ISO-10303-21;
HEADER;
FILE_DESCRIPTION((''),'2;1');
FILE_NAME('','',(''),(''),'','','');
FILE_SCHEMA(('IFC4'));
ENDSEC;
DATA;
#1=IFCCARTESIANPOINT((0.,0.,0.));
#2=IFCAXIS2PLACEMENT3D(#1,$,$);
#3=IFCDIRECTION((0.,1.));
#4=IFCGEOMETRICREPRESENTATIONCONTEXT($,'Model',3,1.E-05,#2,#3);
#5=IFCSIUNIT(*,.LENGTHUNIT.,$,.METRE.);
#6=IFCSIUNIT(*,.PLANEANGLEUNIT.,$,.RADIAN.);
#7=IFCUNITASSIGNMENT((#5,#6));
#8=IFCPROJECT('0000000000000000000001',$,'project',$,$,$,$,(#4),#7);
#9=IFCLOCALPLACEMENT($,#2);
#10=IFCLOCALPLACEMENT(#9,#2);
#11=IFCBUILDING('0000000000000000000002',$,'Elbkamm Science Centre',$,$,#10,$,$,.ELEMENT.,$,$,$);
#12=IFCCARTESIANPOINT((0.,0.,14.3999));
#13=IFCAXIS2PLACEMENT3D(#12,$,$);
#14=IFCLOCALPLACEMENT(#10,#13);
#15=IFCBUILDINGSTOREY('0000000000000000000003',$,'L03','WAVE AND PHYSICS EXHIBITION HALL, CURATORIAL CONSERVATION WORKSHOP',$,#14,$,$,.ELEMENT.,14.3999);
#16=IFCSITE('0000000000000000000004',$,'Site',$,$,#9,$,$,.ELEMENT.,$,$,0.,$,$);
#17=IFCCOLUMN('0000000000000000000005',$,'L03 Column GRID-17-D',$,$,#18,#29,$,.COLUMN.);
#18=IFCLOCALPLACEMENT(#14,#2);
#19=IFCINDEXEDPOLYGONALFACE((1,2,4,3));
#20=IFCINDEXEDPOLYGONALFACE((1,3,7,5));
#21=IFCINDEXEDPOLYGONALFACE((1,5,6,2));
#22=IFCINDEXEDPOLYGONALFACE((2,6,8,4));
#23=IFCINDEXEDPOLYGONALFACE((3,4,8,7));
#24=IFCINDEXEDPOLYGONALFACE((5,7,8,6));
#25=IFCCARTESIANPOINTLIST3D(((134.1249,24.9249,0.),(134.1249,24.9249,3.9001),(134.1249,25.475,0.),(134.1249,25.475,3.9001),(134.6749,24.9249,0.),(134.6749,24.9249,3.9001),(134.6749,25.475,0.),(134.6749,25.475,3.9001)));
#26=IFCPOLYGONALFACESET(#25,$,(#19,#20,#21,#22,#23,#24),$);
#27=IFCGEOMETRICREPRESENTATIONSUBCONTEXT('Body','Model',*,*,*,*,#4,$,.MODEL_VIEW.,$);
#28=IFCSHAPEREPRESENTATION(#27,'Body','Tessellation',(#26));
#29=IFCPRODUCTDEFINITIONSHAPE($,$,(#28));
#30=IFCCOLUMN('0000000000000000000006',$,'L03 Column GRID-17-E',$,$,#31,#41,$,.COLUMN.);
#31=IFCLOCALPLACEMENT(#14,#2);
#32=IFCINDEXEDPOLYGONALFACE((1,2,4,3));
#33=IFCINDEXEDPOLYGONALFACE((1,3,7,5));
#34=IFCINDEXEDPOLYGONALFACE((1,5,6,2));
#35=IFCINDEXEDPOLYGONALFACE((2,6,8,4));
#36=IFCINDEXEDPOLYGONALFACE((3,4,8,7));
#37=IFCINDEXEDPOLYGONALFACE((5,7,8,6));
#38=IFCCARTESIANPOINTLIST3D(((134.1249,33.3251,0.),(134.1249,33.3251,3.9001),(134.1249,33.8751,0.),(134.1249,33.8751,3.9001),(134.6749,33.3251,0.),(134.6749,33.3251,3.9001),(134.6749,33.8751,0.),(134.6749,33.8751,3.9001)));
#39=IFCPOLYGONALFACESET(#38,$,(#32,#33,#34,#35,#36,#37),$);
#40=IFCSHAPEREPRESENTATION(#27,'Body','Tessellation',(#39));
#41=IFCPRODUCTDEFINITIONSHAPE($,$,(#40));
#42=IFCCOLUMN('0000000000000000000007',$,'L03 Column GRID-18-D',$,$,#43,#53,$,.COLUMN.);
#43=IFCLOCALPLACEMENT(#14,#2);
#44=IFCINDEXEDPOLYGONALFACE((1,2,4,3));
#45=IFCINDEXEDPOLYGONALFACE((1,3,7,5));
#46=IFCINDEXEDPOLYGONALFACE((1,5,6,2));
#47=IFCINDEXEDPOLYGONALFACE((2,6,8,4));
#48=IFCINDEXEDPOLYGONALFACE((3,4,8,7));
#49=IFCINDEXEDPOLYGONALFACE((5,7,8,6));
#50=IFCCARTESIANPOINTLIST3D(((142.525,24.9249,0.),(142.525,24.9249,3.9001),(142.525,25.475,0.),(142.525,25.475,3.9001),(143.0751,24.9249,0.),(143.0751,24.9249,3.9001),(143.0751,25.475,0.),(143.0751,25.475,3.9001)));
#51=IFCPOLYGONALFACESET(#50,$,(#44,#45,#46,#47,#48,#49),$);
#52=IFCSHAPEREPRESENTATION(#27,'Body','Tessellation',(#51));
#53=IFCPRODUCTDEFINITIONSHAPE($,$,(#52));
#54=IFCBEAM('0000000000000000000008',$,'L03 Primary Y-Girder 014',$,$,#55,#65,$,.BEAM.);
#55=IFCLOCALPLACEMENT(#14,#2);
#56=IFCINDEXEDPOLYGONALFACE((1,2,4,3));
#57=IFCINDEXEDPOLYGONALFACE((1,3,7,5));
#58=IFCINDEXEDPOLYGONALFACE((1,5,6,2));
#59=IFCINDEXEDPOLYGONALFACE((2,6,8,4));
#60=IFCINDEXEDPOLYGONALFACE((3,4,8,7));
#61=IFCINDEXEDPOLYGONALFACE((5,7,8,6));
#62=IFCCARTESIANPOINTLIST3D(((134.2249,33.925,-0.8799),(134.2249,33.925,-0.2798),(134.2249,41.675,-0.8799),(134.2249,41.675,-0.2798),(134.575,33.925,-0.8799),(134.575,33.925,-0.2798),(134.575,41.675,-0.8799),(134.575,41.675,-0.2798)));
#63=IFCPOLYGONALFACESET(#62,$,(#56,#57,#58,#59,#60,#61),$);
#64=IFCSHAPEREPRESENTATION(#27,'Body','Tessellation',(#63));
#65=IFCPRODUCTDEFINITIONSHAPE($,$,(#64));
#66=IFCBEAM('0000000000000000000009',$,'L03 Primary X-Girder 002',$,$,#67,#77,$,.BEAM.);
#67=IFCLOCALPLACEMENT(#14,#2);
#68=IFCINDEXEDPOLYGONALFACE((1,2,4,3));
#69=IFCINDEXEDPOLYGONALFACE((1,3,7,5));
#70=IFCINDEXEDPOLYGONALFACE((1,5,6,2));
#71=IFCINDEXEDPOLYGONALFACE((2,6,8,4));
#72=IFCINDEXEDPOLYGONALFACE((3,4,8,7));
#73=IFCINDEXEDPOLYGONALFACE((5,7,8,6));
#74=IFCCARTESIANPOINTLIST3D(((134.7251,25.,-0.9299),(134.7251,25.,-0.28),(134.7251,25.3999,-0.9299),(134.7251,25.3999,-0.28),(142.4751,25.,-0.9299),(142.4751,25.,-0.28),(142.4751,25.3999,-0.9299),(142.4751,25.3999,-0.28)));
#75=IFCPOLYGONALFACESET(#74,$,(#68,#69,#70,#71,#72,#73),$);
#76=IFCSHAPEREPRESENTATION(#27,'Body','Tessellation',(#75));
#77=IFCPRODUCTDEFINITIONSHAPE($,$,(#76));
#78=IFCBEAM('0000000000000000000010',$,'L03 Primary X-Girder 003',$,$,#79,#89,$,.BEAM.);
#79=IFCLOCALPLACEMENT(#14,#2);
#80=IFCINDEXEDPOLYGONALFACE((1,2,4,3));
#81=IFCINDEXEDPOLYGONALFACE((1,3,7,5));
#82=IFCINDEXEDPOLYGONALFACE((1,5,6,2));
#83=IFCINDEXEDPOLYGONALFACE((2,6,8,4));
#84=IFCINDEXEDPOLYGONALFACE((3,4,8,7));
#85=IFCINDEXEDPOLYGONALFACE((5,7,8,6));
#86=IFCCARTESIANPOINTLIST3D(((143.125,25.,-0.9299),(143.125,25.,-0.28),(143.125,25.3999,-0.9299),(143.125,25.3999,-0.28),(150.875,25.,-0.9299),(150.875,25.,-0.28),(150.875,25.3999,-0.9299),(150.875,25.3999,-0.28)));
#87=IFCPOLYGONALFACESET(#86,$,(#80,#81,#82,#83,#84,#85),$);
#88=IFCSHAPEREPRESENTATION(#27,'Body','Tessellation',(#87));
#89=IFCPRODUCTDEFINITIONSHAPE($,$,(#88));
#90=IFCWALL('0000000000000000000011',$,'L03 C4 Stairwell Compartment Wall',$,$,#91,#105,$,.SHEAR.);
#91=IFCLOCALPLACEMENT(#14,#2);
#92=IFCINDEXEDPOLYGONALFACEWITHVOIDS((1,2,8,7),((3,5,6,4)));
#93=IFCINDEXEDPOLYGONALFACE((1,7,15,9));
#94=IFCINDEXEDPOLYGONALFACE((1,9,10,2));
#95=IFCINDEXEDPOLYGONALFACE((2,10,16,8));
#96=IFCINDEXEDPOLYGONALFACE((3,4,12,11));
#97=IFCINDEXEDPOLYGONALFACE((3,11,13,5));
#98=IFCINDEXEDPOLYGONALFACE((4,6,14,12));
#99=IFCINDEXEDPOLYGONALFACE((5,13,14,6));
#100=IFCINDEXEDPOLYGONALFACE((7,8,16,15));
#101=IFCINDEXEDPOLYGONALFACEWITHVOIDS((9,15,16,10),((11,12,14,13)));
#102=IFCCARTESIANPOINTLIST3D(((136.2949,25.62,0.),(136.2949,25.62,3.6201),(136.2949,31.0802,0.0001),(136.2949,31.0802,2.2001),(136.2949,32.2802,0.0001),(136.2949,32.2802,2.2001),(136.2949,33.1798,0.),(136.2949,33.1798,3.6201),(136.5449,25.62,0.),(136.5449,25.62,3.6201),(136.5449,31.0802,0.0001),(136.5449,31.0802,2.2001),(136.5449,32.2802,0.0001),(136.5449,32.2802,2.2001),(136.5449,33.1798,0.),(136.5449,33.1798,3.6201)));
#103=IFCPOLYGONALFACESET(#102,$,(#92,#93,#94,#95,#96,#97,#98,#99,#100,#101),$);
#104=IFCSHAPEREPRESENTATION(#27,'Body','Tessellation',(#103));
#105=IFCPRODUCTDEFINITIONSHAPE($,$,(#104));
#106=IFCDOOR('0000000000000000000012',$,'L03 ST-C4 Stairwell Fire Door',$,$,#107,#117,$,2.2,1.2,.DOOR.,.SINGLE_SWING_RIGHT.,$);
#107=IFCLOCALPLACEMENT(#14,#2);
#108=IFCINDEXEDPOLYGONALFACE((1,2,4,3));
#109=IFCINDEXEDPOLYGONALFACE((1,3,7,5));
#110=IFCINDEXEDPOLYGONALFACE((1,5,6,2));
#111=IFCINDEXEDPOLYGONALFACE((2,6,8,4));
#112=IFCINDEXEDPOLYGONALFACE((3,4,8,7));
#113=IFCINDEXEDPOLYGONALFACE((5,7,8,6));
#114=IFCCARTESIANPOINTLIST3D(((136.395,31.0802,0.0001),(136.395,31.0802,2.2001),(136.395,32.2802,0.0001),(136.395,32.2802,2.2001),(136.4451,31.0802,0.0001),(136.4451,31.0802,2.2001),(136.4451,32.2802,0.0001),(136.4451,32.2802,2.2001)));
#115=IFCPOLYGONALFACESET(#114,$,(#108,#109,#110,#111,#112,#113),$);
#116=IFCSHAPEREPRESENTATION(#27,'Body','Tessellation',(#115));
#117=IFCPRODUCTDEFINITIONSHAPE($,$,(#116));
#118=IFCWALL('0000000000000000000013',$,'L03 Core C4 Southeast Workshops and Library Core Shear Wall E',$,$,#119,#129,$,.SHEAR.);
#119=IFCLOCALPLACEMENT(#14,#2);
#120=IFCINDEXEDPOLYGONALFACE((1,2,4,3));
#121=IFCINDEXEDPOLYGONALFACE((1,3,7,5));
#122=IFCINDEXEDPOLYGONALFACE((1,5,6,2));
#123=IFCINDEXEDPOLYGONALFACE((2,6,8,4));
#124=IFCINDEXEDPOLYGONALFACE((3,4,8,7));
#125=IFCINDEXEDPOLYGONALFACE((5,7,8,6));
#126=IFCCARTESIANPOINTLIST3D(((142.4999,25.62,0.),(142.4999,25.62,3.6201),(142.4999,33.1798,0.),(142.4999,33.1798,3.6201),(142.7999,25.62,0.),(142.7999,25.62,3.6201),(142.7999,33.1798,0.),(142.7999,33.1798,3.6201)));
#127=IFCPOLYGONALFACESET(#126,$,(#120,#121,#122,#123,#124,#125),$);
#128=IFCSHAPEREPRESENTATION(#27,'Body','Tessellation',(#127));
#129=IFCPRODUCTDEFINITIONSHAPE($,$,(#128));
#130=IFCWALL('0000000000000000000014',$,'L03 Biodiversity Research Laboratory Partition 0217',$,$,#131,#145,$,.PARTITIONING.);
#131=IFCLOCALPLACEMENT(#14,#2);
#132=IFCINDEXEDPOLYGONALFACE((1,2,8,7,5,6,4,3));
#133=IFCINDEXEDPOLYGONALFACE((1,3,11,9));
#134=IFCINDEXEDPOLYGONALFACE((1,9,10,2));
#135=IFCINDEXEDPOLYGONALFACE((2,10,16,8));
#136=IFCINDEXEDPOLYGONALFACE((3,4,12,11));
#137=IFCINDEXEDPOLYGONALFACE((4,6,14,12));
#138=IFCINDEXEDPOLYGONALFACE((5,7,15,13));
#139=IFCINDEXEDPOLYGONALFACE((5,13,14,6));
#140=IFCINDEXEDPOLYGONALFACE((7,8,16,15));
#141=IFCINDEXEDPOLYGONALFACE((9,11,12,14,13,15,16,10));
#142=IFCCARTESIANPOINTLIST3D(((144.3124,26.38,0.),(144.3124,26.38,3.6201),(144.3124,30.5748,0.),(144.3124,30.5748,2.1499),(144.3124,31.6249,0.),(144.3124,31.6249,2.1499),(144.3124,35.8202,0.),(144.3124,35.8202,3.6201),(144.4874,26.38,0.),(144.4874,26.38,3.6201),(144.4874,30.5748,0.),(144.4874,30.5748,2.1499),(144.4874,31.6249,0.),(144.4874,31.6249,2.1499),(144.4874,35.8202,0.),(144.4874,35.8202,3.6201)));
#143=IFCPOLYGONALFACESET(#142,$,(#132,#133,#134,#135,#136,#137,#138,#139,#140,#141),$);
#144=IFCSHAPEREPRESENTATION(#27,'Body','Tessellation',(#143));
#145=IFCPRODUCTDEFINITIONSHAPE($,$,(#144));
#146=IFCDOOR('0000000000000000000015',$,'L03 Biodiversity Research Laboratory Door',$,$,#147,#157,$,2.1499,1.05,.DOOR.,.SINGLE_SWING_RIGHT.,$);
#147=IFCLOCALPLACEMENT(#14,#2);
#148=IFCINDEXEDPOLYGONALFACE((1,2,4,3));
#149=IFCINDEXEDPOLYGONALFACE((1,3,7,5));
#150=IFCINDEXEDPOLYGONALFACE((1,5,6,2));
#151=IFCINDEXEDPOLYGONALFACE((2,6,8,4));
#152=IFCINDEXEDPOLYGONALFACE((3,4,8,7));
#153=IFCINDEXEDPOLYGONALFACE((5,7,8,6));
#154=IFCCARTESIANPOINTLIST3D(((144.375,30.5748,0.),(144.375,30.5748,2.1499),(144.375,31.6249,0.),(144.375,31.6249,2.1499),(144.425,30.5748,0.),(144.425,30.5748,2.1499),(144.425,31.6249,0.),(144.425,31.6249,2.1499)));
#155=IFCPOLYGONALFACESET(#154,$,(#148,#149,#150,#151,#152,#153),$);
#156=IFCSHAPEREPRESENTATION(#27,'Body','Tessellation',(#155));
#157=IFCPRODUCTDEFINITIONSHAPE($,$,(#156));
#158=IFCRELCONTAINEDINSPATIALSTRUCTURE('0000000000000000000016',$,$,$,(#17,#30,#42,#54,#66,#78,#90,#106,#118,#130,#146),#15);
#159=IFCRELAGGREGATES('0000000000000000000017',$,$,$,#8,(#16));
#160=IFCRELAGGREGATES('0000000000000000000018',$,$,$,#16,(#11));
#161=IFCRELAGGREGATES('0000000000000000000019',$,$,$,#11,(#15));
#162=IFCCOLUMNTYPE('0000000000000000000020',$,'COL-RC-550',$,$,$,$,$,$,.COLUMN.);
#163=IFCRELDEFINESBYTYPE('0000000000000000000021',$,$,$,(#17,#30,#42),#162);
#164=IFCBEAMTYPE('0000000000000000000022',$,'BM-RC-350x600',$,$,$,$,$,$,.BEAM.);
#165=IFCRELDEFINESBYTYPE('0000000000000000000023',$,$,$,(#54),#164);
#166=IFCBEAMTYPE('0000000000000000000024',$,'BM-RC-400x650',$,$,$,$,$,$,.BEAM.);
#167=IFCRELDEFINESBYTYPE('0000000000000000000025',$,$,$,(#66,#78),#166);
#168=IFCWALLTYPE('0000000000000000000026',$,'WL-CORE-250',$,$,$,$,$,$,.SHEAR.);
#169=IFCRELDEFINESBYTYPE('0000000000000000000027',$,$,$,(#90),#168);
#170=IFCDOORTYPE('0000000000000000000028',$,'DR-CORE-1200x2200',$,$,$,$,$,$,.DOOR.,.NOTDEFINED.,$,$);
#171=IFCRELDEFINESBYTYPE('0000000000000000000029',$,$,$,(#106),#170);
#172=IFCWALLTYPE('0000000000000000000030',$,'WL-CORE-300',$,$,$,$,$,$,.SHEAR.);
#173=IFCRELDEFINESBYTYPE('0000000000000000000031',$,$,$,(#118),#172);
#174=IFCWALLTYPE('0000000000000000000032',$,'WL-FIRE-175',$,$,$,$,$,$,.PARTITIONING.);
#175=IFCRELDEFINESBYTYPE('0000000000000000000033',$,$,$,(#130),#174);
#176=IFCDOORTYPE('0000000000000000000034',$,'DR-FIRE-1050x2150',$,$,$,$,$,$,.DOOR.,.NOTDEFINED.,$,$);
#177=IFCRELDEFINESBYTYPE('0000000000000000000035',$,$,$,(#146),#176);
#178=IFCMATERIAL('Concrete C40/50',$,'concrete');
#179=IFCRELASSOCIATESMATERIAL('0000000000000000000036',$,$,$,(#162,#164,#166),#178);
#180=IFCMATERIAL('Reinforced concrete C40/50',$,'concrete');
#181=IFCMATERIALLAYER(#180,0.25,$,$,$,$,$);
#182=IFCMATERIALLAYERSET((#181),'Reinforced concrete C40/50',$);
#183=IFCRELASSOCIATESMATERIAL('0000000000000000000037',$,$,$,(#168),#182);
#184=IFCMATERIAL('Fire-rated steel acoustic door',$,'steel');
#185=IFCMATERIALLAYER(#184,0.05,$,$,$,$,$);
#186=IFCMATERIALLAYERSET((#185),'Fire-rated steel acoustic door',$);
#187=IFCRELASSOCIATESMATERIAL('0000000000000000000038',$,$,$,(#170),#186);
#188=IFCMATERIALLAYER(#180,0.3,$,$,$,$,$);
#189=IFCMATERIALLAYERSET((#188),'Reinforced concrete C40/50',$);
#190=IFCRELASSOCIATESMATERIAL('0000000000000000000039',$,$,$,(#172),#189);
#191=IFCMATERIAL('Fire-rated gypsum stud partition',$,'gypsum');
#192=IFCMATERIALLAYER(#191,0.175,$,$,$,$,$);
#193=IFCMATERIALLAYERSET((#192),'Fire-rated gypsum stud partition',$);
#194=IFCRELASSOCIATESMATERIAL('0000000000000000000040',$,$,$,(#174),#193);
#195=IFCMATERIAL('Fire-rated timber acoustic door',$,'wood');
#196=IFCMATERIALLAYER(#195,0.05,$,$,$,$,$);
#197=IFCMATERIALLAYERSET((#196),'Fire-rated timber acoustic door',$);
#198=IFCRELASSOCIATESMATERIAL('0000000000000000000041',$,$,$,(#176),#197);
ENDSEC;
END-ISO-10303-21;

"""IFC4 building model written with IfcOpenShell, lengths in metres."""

from ifc_helpers import new_model, si_unit, direction, frame, frame_2d, origin, origin_2d, place, context, subcontext, project, spatial, rectangle, extrude, material, layer, layer_set, material_profile, profile_set, type_object, element, fill, save


model = new_model("IFC4")

# Units and contexts
model_context = context("Model", 3, precision=1e-05, world=origin(), true_north=direction((0.0, 1.0)))
body_context = subcontext(model_context, "Body", "Model", "MODEL_VIEW")
ifc_project = project(units=[si_unit("LENGTHUNIT", "METRE"), si_unit("PLANEANGLEUNIT", "RADIAN")], contexts=[model_context])

# Site, building, storey
site_placement = place(None, origin())
site = spatial("IfcSite", under=ifc_project, at=site_placement, Name="Site", CompositionType="ELEMENT", RefElevation=0.0)
building_placement = place(site_placement, origin())
building = spatial("IfcBuilding", under=site, at=building_placement, Name="Elbkamm Science Centre", CompositionType="ELEMENT")
storey_placement = place(building_placement, frame((0.0, 0.0, 14.3999)))
storey = spatial("IfcBuildingStorey", under=building, at=storey_placement, Name="L03", Description="WAVE AND PHYSICS EXHIBITION HALL, CURATORIAL CONSERVATION WORKSHOP", CompositionType="ELEMENT", Elevation=14.3999)

# Columns
ifc_material_1 = material(Name="Concrete C40/50", Category="concrete")
ifc_material_profile_1 = material_profile(ifc_material_1, rectangle(XDim=0.55, YDim=0.55, at=origin_2d()), Name="RC 550x550")
ifc_profile_set_1 = profile_set([ifc_material_profile_1], Name="Concrete C40/50")
column_type = type_object("IfcColumnType", Name="COL-RC-550", PredefinedType="COLUMN", material=ifc_profile_set_1)
for number, where, z_axis, x_axis, name in (
    (1, (134.3999, 25.2, 0.0), (0.0, 0.0, 1.0), (1.0, 0.0, 0.0), "L03 Column GRID-17-D"),
    (2, (134.3999, 33.6001, 0.0), (0.0, 0.0, 1.0), (1.0, 0.0, 0.0), "L03 Column GRID-17-E"),
    (3, (142.8, 25.2, 0.0), (0.0, 0.0, 1.0), (1.0, 0.0, 0.0), "L03 Column GRID-18-D"),
):
    element("IfcColumn", number, at=place(storey_placement, frame(where, z_axis=z_axis, x_axis=x_axis)), inside=storey, type_object=column_type, Name=name, PredefinedType="COLUMN", context=body_context, shape_type="SweptSolid", body=[
        extrude(rectangle(XDim=0.55, YDim=0.55, at=origin_2d()), origin(), (0.0, 0.0, 1.0), 3.9001),
    ])

# Beams
ifc_material_profile_2 = material_profile(ifc_material_1, rectangle(XDim=0.3501, YDim=0.6001, at=origin_2d()), Name="RC 350x600")
ifc_profile_set_2 = profile_set([ifc_material_profile_2], Name="Concrete C40/50")
beam_type_1 = type_object("IfcBeamType", Name="BM-RC-350x600", PredefinedType="BEAM", material=ifc_profile_set_2)
beam_placement = place(storey_placement, frame((134.3999, 33.925, -0.5798), z_axis=(0.0, 1.0, 0.0), x_axis=(-1.0, 0.0, 0.0)))
element("IfcBeam", 4, at=beam_placement, inside=storey, type_object=beam_type_1, Name="L03 Primary Y-Girder 014", PredefinedType="BEAM", context=body_context, shape_type="SweptSolid", body=[
    extrude(rectangle(XDim=0.3501, YDim=0.6001, at=origin_2d()), origin(), (0.0, 0.0, 1.0), 7.75),
])
ifc_material_profile_3 = material_profile(ifc_material_1, rectangle(XDim=0.3999, YDim=0.6499, at=origin_2d()), Name="RC 400x650")
ifc_profile_set_3 = profile_set([ifc_material_profile_3], Name="Concrete C40/50")
beam_type_2 = type_object("IfcBeamType", Name="BM-RC-400x650", PredefinedType="BEAM", material=ifc_profile_set_3)
for number, where, z_axis, x_axis, name in (
    (5, (134.7251, 25.2, -0.605), (1.0, 0.0, 0.0), (0.0, 1.0, 0.0), "L03 Primary X-Girder 002"),
    (6, (143.125, 25.2, -0.605), (1.0, 0.0, 0.0), (0.0, 1.0, 0.0), "L03 Primary X-Girder 003"),
):
    element("IfcBeam", number, at=place(storey_placement, frame(where, z_axis=z_axis, x_axis=x_axis)), inside=storey, type_object=beam_type_2, Name=name, PredefinedType="BEAM", context=body_context, shape_type="SweptSolid", body=[
        extrude(rectangle(XDim=0.3999, YDim=0.6499, at=origin_2d()), origin(), (0.0, 0.0, 1.0), 7.75),
    ])

# Wall, opening, door
ifc_material_2 = material(Name="Reinforced concrete C40/50", Category="concrete")
ifc_layer_1 = layer(ifc_material_2, 0.25)
ifc_layer_set_1 = layer_set([ifc_layer_1], Name="Reinforced concrete C40/50")
wall_type_1 = type_object("IfcWallType", Name="WL-CORE-250", PredefinedType="SHEAR", material=ifc_layer_set_1)
wall_1_placement = place(storey_placement, frame((136.4199, 25.6201, 0.0), z_axis=(0.0, 0.0, 1.0), x_axis=(0.0, 1.0, 0.0)))
wall_1 = element("IfcWall", 7, at=wall_1_placement, inside=storey, type_object=wall_type_1, Name="L03 C4 Stairwell Compartment Wall", PredefinedType="SHEAR", context=body_context, shape_type="SweptSolid", body=[
    extrude(rectangle(XDim=7.5598, YDim=0.25, at=frame_2d((3.7798, 0.0))), origin(), (0.0, 0.0, 1.0), 3.6201),
])
opening_1_placement = place(wall_1_placement, frame((5.46, 0.0, 0.0)))
opening_1 = element("IfcOpeningElement", 8, at=opening_1_placement, cuts=wall_1, PredefinedType="OPENING", context=body_context, shape_type="SweptSolid", body=[
    extrude(rectangle(XDim=1.2, YDim=2.2, at=frame_2d((0.6001, 1.1001))), frame((0.0, 0.137, 0.0), z_axis=(0.0, -1.0, 0.0), x_axis=(1.0, 0.0, 0.0)), (0.0, 0.0, 1.0), 0.2739),
])
ifc_material_3 = material(Name="Fire-rated steel acoustic door", Category="steel")
ifc_layer_2 = layer(ifc_material_3, 0.05)
ifc_layer_set_2 = layer_set([ifc_layer_2], Name="Fire-rated steel acoustic door")
door_type_1 = type_object("IfcDoorType", Name="DR-CORE-1200x2200", OperationType="NOTDEFINED", PredefinedType="DOOR", material=ifc_layer_set_2)
door_1_placement = place(opening_1_placement, origin())
door_1 = element("IfcDoor", 9, at=door_1_placement, inside=storey, type_object=door_type_1, Name="L03 ST-C4 Stairwell Fire Door", OperationType="SINGLE_SWING_RIGHT", OverallHeight=2.2, OverallWidth=1.2, PredefinedType="DOOR", context=body_context, shape_type="SweptSolid", body=[
    extrude(rectangle(XDim=1.2, YDim=2.2, at=frame_2d((0.6001, 1.1001))), frame((0.0, 0.0249, 0.0), z_axis=(0.0, -1.0, 0.0), x_axis=(1.0, 0.0, 0.0)), (0.0, 0.0, 1.0), 0.05),
])
fill(opening_1, door_1)

# Wall
ifc_layer_3 = layer(ifc_material_2, 0.3)
ifc_layer_set_3 = layer_set([ifc_layer_3], Name="Reinforced concrete C40/50")
wall_type_2 = type_object("IfcWallType", Name="WL-CORE-300", PredefinedType="SHEAR", material=ifc_layer_set_3)
wall_2_placement = place(storey_placement, frame((142.6499, 25.6201, 0.0), z_axis=(0.0, 0.0, 1.0), x_axis=(0.0, 1.0, 0.0)))
element("IfcWall", 10, at=wall_2_placement, inside=storey, type_object=wall_type_2, Name="L03 Core C4 Southeast Workshops and Library Core Shear Wall E", PredefinedType="SHEAR", context=body_context, shape_type="SweptSolid", body=[
    extrude(rectangle(XDim=7.5598, YDim=0.3, at=frame_2d((3.7798, 0.0))), origin(), (0.0, 0.0, 1.0), 3.6201),
])

# Wall, opening, door
ifc_material_4 = material(Name="Fire-rated gypsum stud partition", Category="gypsum")
ifc_layer_4 = layer(ifc_material_4, 0.175)
ifc_layer_set_4 = layer_set([ifc_layer_4], Name="Fire-rated gypsum stud partition")
wall_type_3 = type_object("IfcWallType", Name="WL-FIRE-175", PredefinedType="PARTITIONING", material=ifc_layer_set_4)
wall_3_placement = place(storey_placement, frame((144.3999, 26.3799, 0.0), z_axis=(0.0, 0.0, 1.0), x_axis=(0.0, 1.0, 0.0)))
wall_3 = element("IfcWall", 11, at=wall_3_placement, inside=storey, type_object=wall_type_3, Name="L03 Biodiversity Research Laboratory Partition 0217", PredefinedType="PARTITIONING", context=body_context, shape_type="SweptSolid", body=[
    extrude(rectangle(XDim=9.4402, YDim=0.175, at=frame_2d((4.7202, 0.0))), origin(), (0.0, 0.0, 1.0), 3.6201),
])
opening_2_placement = place(wall_3_placement, frame((4.1951, 0.0, 0.0)))
opening_2 = element("IfcOpeningElement", 12, at=opening_2_placement, cuts=wall_3, PredefinedType="OPENING", context=body_context, shape_type="SweptSolid", body=[
    extrude(rectangle(XDim=1.05, YDim=2.1499, at=frame_2d((0.5249, 1.075))), frame((0.0, 0.0996, 0.0), z_axis=(0.0, -1.0, 0.0), x_axis=(1.0, 0.0, 0.0)), (0.0, 0.0, 1.0), 0.199),
])
ifc_material_5 = material(Name="Fire-rated timber acoustic door", Category="wood")
ifc_layer_5 = layer(ifc_material_5, 0.05)
ifc_layer_set_5 = layer_set([ifc_layer_5], Name="Fire-rated timber acoustic door")
door_type_2 = type_object("IfcDoorType", Name="DR-FIRE-1050x2150", OperationType="NOTDEFINED", PredefinedType="DOOR", material=ifc_layer_set_5)
door_2_placement = place(opening_2_placement, origin())
door_2 = element("IfcDoor", 13, at=door_2_placement, inside=storey, type_object=door_type_2, Name="L03 Biodiversity Research Laboratory Door", OperationType="SINGLE_SWING_RIGHT", OverallHeight=2.1499, OverallWidth=1.05, PredefinedType="DOOR", context=body_context, shape_type="SweptSolid", body=[
    extrude(rectangle(XDim=1.05, YDim=2.1499, at=frame_2d((0.5249, 1.075))), frame((0.0, 0.0249, 0.0), z_axis=(0.0, -1.0, 0.0), x_axis=(1.0, 0.0, 0.0)), (0.0, 0.0, 1.0), 0.05),
])
fill(opening_2, door_2)

save(model, "model.ifc")
